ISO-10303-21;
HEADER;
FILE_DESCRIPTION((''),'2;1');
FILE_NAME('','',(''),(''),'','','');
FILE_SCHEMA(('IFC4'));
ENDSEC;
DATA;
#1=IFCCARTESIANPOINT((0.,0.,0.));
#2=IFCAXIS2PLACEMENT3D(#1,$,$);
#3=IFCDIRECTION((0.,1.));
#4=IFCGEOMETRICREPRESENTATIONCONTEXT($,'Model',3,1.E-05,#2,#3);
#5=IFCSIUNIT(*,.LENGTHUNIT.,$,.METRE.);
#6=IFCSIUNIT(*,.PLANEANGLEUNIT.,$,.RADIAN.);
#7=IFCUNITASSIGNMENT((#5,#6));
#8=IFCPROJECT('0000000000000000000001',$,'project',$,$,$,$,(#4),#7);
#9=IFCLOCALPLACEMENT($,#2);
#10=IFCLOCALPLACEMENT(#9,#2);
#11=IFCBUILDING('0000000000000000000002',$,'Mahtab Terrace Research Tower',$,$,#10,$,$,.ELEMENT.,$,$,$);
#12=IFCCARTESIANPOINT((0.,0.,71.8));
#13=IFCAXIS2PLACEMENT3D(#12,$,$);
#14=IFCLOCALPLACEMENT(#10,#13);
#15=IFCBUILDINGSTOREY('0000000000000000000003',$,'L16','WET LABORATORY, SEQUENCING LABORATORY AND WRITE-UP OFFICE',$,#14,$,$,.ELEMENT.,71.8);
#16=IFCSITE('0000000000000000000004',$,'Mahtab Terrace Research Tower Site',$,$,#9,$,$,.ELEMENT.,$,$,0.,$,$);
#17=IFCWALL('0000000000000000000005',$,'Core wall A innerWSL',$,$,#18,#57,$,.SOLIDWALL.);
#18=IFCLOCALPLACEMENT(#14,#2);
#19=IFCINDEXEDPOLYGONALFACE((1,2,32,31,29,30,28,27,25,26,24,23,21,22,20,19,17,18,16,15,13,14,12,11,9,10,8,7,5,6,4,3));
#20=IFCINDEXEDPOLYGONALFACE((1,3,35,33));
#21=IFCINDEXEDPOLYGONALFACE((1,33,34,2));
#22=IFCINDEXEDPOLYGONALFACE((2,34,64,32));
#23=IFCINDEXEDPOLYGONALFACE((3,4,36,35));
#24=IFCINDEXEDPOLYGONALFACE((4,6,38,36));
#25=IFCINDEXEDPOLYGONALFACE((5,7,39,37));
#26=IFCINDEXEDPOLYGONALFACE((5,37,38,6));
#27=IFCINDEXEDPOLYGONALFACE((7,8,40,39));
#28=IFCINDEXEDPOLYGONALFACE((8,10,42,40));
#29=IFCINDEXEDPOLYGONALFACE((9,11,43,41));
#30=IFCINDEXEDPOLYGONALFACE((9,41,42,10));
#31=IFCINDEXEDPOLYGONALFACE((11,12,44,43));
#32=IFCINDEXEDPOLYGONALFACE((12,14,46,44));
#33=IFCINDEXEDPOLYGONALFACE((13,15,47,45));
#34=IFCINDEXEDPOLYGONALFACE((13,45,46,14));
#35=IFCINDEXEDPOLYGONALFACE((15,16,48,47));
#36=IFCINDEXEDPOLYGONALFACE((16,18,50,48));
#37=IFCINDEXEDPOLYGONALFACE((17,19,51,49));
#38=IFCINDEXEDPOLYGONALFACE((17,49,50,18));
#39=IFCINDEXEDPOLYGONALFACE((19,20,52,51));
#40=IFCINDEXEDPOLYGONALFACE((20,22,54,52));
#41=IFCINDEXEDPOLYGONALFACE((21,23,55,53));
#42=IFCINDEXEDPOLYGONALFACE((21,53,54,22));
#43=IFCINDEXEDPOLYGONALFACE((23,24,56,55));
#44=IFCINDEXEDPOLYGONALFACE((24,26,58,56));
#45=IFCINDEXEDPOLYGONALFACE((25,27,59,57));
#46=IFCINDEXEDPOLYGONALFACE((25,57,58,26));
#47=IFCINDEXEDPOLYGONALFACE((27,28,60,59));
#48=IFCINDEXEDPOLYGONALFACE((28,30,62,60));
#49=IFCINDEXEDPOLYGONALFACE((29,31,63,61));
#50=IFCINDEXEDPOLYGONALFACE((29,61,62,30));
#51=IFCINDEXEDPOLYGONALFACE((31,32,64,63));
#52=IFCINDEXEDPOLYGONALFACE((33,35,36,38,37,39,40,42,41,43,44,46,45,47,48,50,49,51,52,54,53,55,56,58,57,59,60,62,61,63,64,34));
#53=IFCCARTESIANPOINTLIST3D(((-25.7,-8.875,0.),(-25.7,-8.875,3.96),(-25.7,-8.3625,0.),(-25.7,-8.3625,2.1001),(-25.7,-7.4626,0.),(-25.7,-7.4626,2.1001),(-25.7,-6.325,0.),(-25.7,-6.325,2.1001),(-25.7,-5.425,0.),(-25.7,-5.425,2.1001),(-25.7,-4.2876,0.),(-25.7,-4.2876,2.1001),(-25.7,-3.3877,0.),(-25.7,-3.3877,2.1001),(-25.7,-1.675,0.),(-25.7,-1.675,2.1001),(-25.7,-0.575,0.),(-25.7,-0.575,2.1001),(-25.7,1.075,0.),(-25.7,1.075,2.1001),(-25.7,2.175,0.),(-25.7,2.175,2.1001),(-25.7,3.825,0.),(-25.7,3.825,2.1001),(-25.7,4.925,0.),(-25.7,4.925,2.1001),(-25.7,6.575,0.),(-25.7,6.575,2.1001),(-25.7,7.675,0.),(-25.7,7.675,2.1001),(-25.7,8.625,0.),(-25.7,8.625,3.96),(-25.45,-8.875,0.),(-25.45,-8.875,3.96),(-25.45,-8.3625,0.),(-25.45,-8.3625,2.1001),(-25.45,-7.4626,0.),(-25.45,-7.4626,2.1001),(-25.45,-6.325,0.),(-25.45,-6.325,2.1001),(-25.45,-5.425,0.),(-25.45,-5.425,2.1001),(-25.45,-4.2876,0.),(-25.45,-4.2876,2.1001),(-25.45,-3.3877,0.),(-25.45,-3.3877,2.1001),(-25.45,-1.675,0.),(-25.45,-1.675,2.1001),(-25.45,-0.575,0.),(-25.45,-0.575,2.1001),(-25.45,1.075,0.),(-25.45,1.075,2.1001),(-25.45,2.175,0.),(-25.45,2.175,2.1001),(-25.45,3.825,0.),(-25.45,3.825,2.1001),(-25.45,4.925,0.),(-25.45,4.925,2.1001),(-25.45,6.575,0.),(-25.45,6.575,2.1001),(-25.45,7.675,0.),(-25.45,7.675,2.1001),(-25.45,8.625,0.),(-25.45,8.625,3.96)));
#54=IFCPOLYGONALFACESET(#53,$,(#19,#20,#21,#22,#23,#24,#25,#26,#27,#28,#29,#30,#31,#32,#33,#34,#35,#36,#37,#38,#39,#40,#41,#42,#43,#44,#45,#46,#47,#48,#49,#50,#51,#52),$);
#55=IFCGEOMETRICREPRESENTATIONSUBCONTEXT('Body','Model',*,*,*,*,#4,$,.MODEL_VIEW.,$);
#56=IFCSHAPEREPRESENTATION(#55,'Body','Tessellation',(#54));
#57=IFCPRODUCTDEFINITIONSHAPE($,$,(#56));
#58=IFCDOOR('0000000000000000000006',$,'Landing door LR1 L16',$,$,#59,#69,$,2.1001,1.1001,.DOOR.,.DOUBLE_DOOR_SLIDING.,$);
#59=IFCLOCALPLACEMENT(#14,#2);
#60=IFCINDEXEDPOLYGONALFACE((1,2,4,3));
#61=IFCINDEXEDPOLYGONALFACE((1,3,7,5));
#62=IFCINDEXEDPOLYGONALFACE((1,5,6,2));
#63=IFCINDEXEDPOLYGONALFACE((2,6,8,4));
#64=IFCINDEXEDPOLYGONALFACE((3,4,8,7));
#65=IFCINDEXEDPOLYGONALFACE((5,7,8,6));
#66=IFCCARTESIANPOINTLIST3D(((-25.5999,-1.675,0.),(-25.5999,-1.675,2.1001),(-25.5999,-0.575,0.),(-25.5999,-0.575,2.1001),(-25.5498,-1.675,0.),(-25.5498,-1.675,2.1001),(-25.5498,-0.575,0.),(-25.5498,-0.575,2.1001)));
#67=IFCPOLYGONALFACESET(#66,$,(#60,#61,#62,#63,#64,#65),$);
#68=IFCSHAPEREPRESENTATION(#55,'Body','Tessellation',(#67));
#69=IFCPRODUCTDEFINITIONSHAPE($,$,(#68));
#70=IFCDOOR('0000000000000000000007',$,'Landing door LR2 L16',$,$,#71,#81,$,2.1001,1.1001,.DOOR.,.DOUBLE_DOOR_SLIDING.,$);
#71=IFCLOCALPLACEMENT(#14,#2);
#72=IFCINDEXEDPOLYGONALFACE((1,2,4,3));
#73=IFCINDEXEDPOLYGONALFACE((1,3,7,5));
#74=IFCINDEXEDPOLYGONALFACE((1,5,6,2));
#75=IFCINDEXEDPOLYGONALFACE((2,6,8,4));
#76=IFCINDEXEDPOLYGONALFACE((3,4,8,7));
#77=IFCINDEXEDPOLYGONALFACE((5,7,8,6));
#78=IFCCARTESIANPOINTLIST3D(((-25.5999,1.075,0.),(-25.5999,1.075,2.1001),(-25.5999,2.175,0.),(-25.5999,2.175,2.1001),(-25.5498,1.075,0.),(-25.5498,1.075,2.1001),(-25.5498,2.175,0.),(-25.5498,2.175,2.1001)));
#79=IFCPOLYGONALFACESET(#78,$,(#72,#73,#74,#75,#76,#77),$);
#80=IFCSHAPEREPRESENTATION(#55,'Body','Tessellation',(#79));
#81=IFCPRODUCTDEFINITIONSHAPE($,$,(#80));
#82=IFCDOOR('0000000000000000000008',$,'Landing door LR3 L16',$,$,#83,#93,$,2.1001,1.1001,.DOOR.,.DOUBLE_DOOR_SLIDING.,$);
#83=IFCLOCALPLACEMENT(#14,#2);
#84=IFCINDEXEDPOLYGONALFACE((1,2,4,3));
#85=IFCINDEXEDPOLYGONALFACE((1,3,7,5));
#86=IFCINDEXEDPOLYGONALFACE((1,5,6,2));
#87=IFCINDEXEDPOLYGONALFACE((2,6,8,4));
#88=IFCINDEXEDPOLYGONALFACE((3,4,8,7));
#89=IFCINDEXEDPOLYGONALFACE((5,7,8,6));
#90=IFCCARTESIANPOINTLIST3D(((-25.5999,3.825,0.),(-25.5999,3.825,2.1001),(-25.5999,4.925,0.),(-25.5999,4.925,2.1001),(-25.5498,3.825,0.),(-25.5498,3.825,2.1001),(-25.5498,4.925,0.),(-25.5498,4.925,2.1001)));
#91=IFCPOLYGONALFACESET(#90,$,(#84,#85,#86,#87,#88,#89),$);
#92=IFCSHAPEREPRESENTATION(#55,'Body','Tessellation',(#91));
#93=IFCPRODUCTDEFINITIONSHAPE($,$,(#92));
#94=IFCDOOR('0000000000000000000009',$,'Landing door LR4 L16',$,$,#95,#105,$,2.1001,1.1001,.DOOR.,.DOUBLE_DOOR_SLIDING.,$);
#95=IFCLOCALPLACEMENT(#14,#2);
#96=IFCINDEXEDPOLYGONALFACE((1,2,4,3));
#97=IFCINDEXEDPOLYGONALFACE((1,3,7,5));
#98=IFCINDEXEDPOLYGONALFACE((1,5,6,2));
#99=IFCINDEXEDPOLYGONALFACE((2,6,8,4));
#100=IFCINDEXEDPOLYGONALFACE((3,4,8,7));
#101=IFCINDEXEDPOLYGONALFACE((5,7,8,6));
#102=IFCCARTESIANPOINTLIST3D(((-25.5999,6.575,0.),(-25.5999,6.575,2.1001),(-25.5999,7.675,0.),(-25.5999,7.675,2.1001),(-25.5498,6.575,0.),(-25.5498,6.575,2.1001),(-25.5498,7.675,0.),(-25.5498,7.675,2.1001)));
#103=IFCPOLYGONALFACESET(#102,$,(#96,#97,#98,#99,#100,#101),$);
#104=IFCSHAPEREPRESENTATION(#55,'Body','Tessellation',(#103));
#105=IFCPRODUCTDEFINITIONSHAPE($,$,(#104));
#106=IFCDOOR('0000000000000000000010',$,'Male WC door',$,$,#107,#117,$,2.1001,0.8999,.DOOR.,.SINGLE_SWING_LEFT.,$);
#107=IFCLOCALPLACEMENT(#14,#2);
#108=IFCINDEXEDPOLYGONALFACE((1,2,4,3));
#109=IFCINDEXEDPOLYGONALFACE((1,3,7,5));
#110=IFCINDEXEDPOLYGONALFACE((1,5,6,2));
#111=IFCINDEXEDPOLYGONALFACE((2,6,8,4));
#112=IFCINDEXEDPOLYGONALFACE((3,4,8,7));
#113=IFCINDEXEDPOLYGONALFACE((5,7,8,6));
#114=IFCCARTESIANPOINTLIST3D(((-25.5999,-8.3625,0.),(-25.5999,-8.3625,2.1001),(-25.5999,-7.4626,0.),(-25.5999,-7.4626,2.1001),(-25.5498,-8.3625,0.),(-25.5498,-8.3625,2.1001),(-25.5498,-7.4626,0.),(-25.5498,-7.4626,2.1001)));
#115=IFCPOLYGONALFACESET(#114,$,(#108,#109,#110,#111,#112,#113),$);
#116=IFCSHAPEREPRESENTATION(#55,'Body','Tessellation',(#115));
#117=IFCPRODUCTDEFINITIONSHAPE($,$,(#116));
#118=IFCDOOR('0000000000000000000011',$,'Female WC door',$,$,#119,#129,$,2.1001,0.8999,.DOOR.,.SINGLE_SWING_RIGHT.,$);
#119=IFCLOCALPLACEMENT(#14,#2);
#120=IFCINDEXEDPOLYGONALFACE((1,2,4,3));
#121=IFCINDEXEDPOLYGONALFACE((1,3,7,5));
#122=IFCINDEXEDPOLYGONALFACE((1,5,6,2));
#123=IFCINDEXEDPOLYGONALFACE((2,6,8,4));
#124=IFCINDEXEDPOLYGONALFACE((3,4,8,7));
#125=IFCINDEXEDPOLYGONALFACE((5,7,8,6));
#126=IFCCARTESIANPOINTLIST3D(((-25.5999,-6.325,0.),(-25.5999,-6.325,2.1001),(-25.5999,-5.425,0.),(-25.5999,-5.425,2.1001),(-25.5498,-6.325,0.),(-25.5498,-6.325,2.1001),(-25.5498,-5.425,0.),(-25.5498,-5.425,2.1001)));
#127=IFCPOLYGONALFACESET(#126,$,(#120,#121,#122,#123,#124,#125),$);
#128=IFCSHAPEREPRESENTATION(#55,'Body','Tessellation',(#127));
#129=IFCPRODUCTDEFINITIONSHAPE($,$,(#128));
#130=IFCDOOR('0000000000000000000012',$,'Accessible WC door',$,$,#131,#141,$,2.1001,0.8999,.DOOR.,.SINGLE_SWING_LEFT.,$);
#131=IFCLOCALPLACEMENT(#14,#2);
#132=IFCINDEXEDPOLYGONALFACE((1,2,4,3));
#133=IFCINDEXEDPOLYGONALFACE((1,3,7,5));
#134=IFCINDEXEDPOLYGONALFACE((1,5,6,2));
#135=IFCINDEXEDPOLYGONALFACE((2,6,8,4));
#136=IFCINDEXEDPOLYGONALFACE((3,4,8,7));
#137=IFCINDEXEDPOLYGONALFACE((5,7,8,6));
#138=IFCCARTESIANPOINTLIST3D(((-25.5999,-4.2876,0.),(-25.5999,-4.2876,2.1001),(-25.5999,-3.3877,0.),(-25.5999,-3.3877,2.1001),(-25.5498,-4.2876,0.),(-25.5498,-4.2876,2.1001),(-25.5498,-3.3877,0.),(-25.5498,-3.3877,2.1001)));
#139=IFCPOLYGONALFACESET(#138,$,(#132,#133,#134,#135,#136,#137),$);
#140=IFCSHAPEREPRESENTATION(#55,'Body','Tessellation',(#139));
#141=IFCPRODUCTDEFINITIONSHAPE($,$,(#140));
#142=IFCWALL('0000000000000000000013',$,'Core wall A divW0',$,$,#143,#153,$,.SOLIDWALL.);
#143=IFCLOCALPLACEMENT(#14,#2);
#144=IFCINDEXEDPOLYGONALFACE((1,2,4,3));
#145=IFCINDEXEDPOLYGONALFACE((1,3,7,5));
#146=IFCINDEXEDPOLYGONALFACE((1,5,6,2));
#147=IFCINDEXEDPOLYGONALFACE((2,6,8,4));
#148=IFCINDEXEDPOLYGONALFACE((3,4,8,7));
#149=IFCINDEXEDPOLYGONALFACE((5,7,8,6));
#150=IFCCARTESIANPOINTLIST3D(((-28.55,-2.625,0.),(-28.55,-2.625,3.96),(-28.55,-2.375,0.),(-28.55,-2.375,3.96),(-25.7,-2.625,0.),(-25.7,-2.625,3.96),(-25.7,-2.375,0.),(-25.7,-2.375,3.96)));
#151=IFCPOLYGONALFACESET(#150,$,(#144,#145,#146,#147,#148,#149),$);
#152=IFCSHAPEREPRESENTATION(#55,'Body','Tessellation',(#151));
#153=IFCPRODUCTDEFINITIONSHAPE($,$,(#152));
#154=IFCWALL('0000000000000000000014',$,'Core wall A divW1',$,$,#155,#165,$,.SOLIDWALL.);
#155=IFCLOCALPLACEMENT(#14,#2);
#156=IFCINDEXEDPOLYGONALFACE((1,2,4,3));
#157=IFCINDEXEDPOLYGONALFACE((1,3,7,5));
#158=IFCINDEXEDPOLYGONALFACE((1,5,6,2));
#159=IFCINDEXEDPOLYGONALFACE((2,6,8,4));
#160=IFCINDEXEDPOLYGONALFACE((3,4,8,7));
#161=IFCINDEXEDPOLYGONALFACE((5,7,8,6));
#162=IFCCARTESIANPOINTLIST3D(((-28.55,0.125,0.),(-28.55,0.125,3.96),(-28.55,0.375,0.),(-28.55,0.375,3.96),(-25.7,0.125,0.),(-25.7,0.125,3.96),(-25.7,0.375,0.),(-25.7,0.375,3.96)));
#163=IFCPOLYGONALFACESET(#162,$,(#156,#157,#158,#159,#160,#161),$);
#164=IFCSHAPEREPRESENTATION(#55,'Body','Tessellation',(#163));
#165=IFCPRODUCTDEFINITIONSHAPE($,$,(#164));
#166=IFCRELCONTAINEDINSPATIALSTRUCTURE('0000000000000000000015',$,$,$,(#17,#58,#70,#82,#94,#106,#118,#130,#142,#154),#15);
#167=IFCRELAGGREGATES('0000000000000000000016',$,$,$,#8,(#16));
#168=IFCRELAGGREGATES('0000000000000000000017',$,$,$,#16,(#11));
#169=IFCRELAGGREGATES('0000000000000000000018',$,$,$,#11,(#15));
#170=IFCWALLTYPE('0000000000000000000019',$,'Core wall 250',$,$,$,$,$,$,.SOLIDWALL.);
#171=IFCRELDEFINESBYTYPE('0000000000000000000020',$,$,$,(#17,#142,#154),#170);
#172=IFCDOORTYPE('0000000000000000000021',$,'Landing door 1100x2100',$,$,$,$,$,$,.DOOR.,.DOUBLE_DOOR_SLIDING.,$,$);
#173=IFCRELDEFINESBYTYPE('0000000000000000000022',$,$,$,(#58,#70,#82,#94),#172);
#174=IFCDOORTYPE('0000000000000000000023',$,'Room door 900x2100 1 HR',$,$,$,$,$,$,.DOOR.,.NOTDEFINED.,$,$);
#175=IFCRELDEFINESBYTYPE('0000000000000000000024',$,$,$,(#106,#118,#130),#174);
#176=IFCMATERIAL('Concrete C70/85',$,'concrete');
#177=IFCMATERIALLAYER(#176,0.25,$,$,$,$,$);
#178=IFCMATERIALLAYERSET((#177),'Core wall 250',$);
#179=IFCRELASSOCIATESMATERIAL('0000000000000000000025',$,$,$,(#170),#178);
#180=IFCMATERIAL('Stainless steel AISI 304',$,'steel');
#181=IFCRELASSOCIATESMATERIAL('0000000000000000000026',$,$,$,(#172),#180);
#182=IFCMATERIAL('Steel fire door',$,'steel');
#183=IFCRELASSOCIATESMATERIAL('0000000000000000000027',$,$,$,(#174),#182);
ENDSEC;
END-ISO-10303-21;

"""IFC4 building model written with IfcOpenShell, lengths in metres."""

from ifc_helpers import new_model, si_unit, direction, frame, frame_2d, origin, place, context, subcontext, project, spatial, rectangle, extrude, material, layer, layer_set, type_object, element, fill, save


model = new_model("IFC4")

# Units and contexts
model_context = context("Model", 3, precision=1e-05, world=origin(), true_north=direction((0.0, 1.0)))
body_context = subcontext(model_context, "Body", "Model", "MODEL_VIEW")
ifc_project = project(units=[si_unit("LENGTHUNIT", "METRE"), si_unit("PLANEANGLEUNIT", "RADIAN")], contexts=[model_context])

# Site, building, storey
site_placement = place(None, origin())
site = spatial("IfcSite", under=ifc_project, at=site_placement, Name="Mahtab Terrace Research Tower Site", CompositionType="ELEMENT", RefElevation=0.0)
building_placement = place(site_placement, origin())
building = spatial("IfcBuilding", under=site, at=building_placement, Name="Mahtab Terrace Research Tower", CompositionType="ELEMENT")
storey_placement = place(building_placement, frame((0.0, 0.0, 71.8)))
storey = spatial("IfcBuildingStorey", under=building, at=storey_placement, Name="L16", Description="WET LABORATORY, SEQUENCING LABORATORY AND WRITE-UP OFFICE", CompositionType="ELEMENT", Elevation=71.8)

# Shared definitions
ifc_material_1 = material(Name="Concrete C70/85", Category="concrete")

# Shared definitions
ifc_layer_1 = layer(ifc_material_1, 0.25)
ifc_layer_set_1 = layer_set([ifc_layer_1], Name="Core wall 250")
wall_type_1 = type_object("IfcWallType", Name="Core wall 250", PredefinedType="SOLIDWALL", material=ifc_layer_set_1)

# Shared definitions
ifc_material_2 = material(Name="Steel fire door", Category="steel")

# Wall, openings, doors
wall_1_placement = place(storey_placement, frame((-25.575, -8.875, 0.0), z_axis=(0.0, 0.0, 1.0), x_axis=(0.0, 1.0, 0.0)))
wall_1 = element("IfcWall", 1, at=wall_1_placement, inside=storey, type_object=wall_type_1, Name="Core wall A innerWSL", PredefinedType="SOLIDWALL", context=body_context, shape_type="SweptSolid", body=[
    extrude(rectangle(XDim=17.5, YDim=0.25, at=frame_2d((8.75, 0.0))), origin(), (0.0, 0.0, 1.0), 3.96),
])
opening_1_placement = place(wall_1_placement, frame((7.2, 0.0, 0.0)))
opening_1 = element("IfcOpeningElement", 2, at=opening_1_placement, cuts=wall_1, PredefinedType="OPENING", context=body_context, shape_type="SweptSolid", body=[
    extrude(rectangle(XDim=1.1001, YDim=2.1001, at=frame_2d((0.55, 1.05))), frame((0.0, 0.135, 0.0), z_axis=(0.0, -1.0, 0.0), x_axis=(1.0, 0.0, 0.0)), (0.0, 0.0, 1.0), 0.27),
])
opening_2_placement = place(wall_1_placement, frame((9.95, 0.0, 0.0)))
opening_2 = element("IfcOpeningElement", 3, at=opening_2_placement, cuts=wall_1, PredefinedType="OPENING", context=body_context, shape_type="SweptSolid", body=[
    extrude(rectangle(XDim=1.1001, YDim=2.1001, at=frame_2d((0.55, 1.05))), frame((0.0, 0.135, 0.0), z_axis=(0.0, -1.0, 0.0), x_axis=(1.0, 0.0, 0.0)), (0.0, 0.0, 1.0), 0.27),
])
opening_3_placement = place(wall_1_placement, frame((12.7, 0.0, 0.0)))
opening_3 = element("IfcOpeningElement", 4, at=opening_3_placement, cuts=wall_1, PredefinedType="OPENING", context=body_context, shape_type="SweptSolid", body=[
    extrude(rectangle(XDim=1.1001, YDim=2.1001, at=frame_2d((0.55, 1.05))), frame((0.0, 0.135, 0.0), z_axis=(0.0, -1.0, 0.0), x_axis=(1.0, 0.0, 0.0)), (0.0, 0.0, 1.0), 0.27),
])
opening_4_placement = place(wall_1_placement, frame((15.45, 0.0, 0.0)))
opening_4 = element("IfcOpeningElement", 5, at=opening_4_placement, cuts=wall_1, PredefinedType="OPENING", context=body_context, shape_type="SweptSolid", body=[
    extrude(rectangle(XDim=1.1001, YDim=2.1001, at=frame_2d((0.55, 1.05))), frame((0.0, 0.135, 0.0), z_axis=(0.0, -1.0, 0.0), x_axis=(1.0, 0.0, 0.0)), (0.0, 0.0, 1.0), 0.27),
])
opening_5_placement = place(wall_1_placement, frame((0.5125, 0.0, 0.0)))
opening_5 = element("IfcOpeningElement", 6, at=opening_5_placement, cuts=wall_1, PredefinedType="OPENING", context=body_context, shape_type="SweptSolid", body=[
    extrude(rectangle(XDim=0.8999, YDim=2.1001, at=frame_2d((0.45, 1.05))), frame((0.0, 0.135, 0.0), z_axis=(0.0, -1.0, 0.0), x_axis=(1.0, 0.0, 0.0)), (0.0, 0.0, 1.0), 0.27),
])
opening_6_placement = place(wall_1_placement, frame((2.55, 0.0, 0.0)))
opening_6 = element("IfcOpeningElement", 7, at=opening_6_placement, cuts=wall_1, PredefinedType="OPENING", context=body_context, shape_type="SweptSolid", body=[
    extrude(rectangle(XDim=0.8999, YDim=2.1001, at=frame_2d((0.45, 1.05))), frame((0.0, 0.135, 0.0), z_axis=(0.0, -1.0, 0.0), x_axis=(1.0, 0.0, 0.0)), (0.0, 0.0, 1.0), 0.27),
])
opening_7_placement = place(wall_1_placement, frame((4.5874, 0.0, 0.0)))
opening_7 = element("IfcOpeningElement", 8, at=opening_7_placement, cuts=wall_1, PredefinedType="OPENING", context=body_context, shape_type="SweptSolid", body=[
    extrude(rectangle(XDim=0.8999, YDim=2.1001, at=frame_2d((0.45, 1.05))), frame((0.0, 0.135, 0.0), z_axis=(0.0, -1.0, 0.0), x_axis=(1.0, 0.0, 0.0)), (0.0, 0.0, 1.0), 0.27),
])
ifc_material_3 = material(Name="Stainless steel AISI 304", Category="steel")
door_type_1 = type_object("IfcDoorType", Name="Landing door 1100x2100", OperationType="DOUBLE_DOOR_SLIDING", PredefinedType="DOOR", material=ifc_material_3)
door_1_placement = place(opening_1_placement, origin())
door_1 = element("IfcDoor", 9, at=door_1_placement, inside=storey, type_object=door_type_1, Name="Landing door LR1 L16", OperationType="DOUBLE_DOOR_SLIDING", OverallHeight=2.1001, OverallWidth=1.1001, PredefinedType="DOOR", context=body_context, shape_type="SweptSolid", body=[
    extrude(rectangle(XDim=1.1001, YDim=2.1001, at=frame_2d((0.55, 1.05))), frame((0.0, 0.0249, 0.0), z_axis=(0.0, -1.0, 0.0), x_axis=(1.0, 0.0, 0.0)), (0.0, 0.0, 1.0), 0.05),
])
fill(opening_1, door_1)
door_2_placement = place(opening_2_placement, origin())
door_2 = element("IfcDoor", 10, at=door_2_placement, inside=storey, type_object=door_type_1, Name="Landing door LR2 L16", OperationType="DOUBLE_DOOR_SLIDING", OverallHeight=2.1001, OverallWidth=1.1001, PredefinedType="DOOR", context=body_context, shape_type="SweptSolid", body=[
    extrude(rectangle(XDim=1.1001, YDim=2.1001, at=frame_2d((0.55, 1.05))), frame((0.0, 0.0249, 0.0), z_axis=(0.0, -1.0, 0.0), x_axis=(1.0, 0.0, 0.0)), (0.0, 0.0, 1.0), 0.05),
])
fill(opening_2, door_2)
door_3_placement = place(opening_3_placement, origin())
door_3 = element("IfcDoor", 11, at=door_3_placement, inside=storey, type_object=door_type_1, Name="Landing door LR3 L16", OperationType="DOUBLE_DOOR_SLIDING", OverallHeight=2.1001, OverallWidth=1.1001, PredefinedType="DOOR", context=body_context, shape_type="SweptSolid", body=[
    extrude(rectangle(XDim=1.1001, YDim=2.1001, at=frame_2d((0.55, 1.05))), frame((0.0, 0.0249, 0.0), z_axis=(0.0, -1.0, 0.0), x_axis=(1.0, 0.0, 0.0)), (0.0, 0.0, 1.0), 0.05),
])
fill(opening_3, door_3)
door_4_placement = place(opening_4_placement, origin())
door_4 = element("IfcDoor", 12, at=door_4_placement, inside=storey, type_object=door_type_1, Name="Landing door LR4 L16", OperationType="DOUBLE_DOOR_SLIDING", OverallHeight=2.1001, OverallWidth=1.1001, PredefinedType="DOOR", context=body_context, shape_type="SweptSolid", body=[
    extrude(rectangle(XDim=1.1001, YDim=2.1001, at=frame_2d((0.55, 1.05))), frame((0.0, 0.0249, 0.0), z_axis=(0.0, -1.0, 0.0), x_axis=(1.0, 0.0, 0.0)), (0.0, 0.0, 1.0), 0.05),
])
fill(opening_4, door_4)
door_type_2 = type_object("IfcDoorType", Name="Room door 900x2100 1 HR", OperationType="NOTDEFINED", PredefinedType="DOOR", material=ifc_material_2)
door_5_placement = place(opening_5_placement, origin())
door_5 = element("IfcDoor", 13, at=door_5_placement, inside=storey, type_object=door_type_2, Name="Male WC door", OperationType="SINGLE_SWING_LEFT", OverallHeight=2.1001, OverallWidth=0.8999, PredefinedType="DOOR", context=body_context, shape_type="SweptSolid", body=[
    extrude(rectangle(XDim=0.8999, YDim=2.1001, at=frame_2d((0.45, 1.05))), frame((0.0, 0.0249, 0.0), z_axis=(0.0, -1.0, 0.0), x_axis=(1.0, 0.0, 0.0)), (0.0, 0.0, 1.0), 0.05),
])
fill(opening_5, door_5)
door_6_placement = place(opening_6_placement, origin())
door_6 = element("IfcDoor", 14, at=door_6_placement, inside=storey, type_object=door_type_2, Name="Female WC door", OperationType="SINGLE_SWING_RIGHT", OverallHeight=2.1001, OverallWidth=0.8999, PredefinedType="DOOR", context=body_context, shape_type="SweptSolid", body=[
    extrude(rectangle(XDim=0.8999, YDim=2.1001, at=frame_2d((0.45, 1.05))), frame((0.0, 0.0249, 0.0), z_axis=(0.0, -1.0, 0.0), x_axis=(1.0, 0.0, 0.0)), (0.0, 0.0, 1.0), 0.05),
])
fill(opening_6, door_6)
door_7_placement = place(opening_7_placement, origin())
door_7 = element("IfcDoor", 15, at=door_7_placement, inside=storey, type_object=door_type_2, Name="Accessible WC door", OperationType="SINGLE_SWING_LEFT", OverallHeight=2.1001, OverallWidth=0.8999, PredefinedType="DOOR", context=body_context, shape_type="SweptSolid", body=[
    extrude(rectangle(XDim=0.8999, YDim=2.1001, at=frame_2d((0.45, 1.05))), frame((0.0, 0.0249, 0.0), z_axis=(0.0, -1.0, 0.0), x_axis=(1.0, 0.0, 0.0)), (0.0, 0.0, 1.0), 0.05),
])
fill(opening_7, door_7)

# Walls
for number, where, z_axis, x_axis, name in (
    (16, (-28.55, -2.5, 0.0), (0.0, 0.0, 1.0), (1.0, 0.0, 0.0), "Core wall A divW0"),
    (17, (-28.55, 0.25, 0.0), (0.0, 0.0, 1.0), (1.0, 0.0, 0.0), "Core wall A divW1"),
):
    element("IfcWall", number, at=place(storey_placement, frame(where, z_axis=z_axis, x_axis=x_axis)), inside=storey, type_object=wall_type_1, Name=name, PredefinedType="SOLIDWALL", context=body_context, shape_type="SweptSolid", body=[
        extrude(rectangle(XDim=2.8501, YDim=0.25, at=frame_2d((1.425, 0.0))), origin(), (0.0, 0.0, 1.0), 3.96),
    ])

save(model, "model.ifc")
